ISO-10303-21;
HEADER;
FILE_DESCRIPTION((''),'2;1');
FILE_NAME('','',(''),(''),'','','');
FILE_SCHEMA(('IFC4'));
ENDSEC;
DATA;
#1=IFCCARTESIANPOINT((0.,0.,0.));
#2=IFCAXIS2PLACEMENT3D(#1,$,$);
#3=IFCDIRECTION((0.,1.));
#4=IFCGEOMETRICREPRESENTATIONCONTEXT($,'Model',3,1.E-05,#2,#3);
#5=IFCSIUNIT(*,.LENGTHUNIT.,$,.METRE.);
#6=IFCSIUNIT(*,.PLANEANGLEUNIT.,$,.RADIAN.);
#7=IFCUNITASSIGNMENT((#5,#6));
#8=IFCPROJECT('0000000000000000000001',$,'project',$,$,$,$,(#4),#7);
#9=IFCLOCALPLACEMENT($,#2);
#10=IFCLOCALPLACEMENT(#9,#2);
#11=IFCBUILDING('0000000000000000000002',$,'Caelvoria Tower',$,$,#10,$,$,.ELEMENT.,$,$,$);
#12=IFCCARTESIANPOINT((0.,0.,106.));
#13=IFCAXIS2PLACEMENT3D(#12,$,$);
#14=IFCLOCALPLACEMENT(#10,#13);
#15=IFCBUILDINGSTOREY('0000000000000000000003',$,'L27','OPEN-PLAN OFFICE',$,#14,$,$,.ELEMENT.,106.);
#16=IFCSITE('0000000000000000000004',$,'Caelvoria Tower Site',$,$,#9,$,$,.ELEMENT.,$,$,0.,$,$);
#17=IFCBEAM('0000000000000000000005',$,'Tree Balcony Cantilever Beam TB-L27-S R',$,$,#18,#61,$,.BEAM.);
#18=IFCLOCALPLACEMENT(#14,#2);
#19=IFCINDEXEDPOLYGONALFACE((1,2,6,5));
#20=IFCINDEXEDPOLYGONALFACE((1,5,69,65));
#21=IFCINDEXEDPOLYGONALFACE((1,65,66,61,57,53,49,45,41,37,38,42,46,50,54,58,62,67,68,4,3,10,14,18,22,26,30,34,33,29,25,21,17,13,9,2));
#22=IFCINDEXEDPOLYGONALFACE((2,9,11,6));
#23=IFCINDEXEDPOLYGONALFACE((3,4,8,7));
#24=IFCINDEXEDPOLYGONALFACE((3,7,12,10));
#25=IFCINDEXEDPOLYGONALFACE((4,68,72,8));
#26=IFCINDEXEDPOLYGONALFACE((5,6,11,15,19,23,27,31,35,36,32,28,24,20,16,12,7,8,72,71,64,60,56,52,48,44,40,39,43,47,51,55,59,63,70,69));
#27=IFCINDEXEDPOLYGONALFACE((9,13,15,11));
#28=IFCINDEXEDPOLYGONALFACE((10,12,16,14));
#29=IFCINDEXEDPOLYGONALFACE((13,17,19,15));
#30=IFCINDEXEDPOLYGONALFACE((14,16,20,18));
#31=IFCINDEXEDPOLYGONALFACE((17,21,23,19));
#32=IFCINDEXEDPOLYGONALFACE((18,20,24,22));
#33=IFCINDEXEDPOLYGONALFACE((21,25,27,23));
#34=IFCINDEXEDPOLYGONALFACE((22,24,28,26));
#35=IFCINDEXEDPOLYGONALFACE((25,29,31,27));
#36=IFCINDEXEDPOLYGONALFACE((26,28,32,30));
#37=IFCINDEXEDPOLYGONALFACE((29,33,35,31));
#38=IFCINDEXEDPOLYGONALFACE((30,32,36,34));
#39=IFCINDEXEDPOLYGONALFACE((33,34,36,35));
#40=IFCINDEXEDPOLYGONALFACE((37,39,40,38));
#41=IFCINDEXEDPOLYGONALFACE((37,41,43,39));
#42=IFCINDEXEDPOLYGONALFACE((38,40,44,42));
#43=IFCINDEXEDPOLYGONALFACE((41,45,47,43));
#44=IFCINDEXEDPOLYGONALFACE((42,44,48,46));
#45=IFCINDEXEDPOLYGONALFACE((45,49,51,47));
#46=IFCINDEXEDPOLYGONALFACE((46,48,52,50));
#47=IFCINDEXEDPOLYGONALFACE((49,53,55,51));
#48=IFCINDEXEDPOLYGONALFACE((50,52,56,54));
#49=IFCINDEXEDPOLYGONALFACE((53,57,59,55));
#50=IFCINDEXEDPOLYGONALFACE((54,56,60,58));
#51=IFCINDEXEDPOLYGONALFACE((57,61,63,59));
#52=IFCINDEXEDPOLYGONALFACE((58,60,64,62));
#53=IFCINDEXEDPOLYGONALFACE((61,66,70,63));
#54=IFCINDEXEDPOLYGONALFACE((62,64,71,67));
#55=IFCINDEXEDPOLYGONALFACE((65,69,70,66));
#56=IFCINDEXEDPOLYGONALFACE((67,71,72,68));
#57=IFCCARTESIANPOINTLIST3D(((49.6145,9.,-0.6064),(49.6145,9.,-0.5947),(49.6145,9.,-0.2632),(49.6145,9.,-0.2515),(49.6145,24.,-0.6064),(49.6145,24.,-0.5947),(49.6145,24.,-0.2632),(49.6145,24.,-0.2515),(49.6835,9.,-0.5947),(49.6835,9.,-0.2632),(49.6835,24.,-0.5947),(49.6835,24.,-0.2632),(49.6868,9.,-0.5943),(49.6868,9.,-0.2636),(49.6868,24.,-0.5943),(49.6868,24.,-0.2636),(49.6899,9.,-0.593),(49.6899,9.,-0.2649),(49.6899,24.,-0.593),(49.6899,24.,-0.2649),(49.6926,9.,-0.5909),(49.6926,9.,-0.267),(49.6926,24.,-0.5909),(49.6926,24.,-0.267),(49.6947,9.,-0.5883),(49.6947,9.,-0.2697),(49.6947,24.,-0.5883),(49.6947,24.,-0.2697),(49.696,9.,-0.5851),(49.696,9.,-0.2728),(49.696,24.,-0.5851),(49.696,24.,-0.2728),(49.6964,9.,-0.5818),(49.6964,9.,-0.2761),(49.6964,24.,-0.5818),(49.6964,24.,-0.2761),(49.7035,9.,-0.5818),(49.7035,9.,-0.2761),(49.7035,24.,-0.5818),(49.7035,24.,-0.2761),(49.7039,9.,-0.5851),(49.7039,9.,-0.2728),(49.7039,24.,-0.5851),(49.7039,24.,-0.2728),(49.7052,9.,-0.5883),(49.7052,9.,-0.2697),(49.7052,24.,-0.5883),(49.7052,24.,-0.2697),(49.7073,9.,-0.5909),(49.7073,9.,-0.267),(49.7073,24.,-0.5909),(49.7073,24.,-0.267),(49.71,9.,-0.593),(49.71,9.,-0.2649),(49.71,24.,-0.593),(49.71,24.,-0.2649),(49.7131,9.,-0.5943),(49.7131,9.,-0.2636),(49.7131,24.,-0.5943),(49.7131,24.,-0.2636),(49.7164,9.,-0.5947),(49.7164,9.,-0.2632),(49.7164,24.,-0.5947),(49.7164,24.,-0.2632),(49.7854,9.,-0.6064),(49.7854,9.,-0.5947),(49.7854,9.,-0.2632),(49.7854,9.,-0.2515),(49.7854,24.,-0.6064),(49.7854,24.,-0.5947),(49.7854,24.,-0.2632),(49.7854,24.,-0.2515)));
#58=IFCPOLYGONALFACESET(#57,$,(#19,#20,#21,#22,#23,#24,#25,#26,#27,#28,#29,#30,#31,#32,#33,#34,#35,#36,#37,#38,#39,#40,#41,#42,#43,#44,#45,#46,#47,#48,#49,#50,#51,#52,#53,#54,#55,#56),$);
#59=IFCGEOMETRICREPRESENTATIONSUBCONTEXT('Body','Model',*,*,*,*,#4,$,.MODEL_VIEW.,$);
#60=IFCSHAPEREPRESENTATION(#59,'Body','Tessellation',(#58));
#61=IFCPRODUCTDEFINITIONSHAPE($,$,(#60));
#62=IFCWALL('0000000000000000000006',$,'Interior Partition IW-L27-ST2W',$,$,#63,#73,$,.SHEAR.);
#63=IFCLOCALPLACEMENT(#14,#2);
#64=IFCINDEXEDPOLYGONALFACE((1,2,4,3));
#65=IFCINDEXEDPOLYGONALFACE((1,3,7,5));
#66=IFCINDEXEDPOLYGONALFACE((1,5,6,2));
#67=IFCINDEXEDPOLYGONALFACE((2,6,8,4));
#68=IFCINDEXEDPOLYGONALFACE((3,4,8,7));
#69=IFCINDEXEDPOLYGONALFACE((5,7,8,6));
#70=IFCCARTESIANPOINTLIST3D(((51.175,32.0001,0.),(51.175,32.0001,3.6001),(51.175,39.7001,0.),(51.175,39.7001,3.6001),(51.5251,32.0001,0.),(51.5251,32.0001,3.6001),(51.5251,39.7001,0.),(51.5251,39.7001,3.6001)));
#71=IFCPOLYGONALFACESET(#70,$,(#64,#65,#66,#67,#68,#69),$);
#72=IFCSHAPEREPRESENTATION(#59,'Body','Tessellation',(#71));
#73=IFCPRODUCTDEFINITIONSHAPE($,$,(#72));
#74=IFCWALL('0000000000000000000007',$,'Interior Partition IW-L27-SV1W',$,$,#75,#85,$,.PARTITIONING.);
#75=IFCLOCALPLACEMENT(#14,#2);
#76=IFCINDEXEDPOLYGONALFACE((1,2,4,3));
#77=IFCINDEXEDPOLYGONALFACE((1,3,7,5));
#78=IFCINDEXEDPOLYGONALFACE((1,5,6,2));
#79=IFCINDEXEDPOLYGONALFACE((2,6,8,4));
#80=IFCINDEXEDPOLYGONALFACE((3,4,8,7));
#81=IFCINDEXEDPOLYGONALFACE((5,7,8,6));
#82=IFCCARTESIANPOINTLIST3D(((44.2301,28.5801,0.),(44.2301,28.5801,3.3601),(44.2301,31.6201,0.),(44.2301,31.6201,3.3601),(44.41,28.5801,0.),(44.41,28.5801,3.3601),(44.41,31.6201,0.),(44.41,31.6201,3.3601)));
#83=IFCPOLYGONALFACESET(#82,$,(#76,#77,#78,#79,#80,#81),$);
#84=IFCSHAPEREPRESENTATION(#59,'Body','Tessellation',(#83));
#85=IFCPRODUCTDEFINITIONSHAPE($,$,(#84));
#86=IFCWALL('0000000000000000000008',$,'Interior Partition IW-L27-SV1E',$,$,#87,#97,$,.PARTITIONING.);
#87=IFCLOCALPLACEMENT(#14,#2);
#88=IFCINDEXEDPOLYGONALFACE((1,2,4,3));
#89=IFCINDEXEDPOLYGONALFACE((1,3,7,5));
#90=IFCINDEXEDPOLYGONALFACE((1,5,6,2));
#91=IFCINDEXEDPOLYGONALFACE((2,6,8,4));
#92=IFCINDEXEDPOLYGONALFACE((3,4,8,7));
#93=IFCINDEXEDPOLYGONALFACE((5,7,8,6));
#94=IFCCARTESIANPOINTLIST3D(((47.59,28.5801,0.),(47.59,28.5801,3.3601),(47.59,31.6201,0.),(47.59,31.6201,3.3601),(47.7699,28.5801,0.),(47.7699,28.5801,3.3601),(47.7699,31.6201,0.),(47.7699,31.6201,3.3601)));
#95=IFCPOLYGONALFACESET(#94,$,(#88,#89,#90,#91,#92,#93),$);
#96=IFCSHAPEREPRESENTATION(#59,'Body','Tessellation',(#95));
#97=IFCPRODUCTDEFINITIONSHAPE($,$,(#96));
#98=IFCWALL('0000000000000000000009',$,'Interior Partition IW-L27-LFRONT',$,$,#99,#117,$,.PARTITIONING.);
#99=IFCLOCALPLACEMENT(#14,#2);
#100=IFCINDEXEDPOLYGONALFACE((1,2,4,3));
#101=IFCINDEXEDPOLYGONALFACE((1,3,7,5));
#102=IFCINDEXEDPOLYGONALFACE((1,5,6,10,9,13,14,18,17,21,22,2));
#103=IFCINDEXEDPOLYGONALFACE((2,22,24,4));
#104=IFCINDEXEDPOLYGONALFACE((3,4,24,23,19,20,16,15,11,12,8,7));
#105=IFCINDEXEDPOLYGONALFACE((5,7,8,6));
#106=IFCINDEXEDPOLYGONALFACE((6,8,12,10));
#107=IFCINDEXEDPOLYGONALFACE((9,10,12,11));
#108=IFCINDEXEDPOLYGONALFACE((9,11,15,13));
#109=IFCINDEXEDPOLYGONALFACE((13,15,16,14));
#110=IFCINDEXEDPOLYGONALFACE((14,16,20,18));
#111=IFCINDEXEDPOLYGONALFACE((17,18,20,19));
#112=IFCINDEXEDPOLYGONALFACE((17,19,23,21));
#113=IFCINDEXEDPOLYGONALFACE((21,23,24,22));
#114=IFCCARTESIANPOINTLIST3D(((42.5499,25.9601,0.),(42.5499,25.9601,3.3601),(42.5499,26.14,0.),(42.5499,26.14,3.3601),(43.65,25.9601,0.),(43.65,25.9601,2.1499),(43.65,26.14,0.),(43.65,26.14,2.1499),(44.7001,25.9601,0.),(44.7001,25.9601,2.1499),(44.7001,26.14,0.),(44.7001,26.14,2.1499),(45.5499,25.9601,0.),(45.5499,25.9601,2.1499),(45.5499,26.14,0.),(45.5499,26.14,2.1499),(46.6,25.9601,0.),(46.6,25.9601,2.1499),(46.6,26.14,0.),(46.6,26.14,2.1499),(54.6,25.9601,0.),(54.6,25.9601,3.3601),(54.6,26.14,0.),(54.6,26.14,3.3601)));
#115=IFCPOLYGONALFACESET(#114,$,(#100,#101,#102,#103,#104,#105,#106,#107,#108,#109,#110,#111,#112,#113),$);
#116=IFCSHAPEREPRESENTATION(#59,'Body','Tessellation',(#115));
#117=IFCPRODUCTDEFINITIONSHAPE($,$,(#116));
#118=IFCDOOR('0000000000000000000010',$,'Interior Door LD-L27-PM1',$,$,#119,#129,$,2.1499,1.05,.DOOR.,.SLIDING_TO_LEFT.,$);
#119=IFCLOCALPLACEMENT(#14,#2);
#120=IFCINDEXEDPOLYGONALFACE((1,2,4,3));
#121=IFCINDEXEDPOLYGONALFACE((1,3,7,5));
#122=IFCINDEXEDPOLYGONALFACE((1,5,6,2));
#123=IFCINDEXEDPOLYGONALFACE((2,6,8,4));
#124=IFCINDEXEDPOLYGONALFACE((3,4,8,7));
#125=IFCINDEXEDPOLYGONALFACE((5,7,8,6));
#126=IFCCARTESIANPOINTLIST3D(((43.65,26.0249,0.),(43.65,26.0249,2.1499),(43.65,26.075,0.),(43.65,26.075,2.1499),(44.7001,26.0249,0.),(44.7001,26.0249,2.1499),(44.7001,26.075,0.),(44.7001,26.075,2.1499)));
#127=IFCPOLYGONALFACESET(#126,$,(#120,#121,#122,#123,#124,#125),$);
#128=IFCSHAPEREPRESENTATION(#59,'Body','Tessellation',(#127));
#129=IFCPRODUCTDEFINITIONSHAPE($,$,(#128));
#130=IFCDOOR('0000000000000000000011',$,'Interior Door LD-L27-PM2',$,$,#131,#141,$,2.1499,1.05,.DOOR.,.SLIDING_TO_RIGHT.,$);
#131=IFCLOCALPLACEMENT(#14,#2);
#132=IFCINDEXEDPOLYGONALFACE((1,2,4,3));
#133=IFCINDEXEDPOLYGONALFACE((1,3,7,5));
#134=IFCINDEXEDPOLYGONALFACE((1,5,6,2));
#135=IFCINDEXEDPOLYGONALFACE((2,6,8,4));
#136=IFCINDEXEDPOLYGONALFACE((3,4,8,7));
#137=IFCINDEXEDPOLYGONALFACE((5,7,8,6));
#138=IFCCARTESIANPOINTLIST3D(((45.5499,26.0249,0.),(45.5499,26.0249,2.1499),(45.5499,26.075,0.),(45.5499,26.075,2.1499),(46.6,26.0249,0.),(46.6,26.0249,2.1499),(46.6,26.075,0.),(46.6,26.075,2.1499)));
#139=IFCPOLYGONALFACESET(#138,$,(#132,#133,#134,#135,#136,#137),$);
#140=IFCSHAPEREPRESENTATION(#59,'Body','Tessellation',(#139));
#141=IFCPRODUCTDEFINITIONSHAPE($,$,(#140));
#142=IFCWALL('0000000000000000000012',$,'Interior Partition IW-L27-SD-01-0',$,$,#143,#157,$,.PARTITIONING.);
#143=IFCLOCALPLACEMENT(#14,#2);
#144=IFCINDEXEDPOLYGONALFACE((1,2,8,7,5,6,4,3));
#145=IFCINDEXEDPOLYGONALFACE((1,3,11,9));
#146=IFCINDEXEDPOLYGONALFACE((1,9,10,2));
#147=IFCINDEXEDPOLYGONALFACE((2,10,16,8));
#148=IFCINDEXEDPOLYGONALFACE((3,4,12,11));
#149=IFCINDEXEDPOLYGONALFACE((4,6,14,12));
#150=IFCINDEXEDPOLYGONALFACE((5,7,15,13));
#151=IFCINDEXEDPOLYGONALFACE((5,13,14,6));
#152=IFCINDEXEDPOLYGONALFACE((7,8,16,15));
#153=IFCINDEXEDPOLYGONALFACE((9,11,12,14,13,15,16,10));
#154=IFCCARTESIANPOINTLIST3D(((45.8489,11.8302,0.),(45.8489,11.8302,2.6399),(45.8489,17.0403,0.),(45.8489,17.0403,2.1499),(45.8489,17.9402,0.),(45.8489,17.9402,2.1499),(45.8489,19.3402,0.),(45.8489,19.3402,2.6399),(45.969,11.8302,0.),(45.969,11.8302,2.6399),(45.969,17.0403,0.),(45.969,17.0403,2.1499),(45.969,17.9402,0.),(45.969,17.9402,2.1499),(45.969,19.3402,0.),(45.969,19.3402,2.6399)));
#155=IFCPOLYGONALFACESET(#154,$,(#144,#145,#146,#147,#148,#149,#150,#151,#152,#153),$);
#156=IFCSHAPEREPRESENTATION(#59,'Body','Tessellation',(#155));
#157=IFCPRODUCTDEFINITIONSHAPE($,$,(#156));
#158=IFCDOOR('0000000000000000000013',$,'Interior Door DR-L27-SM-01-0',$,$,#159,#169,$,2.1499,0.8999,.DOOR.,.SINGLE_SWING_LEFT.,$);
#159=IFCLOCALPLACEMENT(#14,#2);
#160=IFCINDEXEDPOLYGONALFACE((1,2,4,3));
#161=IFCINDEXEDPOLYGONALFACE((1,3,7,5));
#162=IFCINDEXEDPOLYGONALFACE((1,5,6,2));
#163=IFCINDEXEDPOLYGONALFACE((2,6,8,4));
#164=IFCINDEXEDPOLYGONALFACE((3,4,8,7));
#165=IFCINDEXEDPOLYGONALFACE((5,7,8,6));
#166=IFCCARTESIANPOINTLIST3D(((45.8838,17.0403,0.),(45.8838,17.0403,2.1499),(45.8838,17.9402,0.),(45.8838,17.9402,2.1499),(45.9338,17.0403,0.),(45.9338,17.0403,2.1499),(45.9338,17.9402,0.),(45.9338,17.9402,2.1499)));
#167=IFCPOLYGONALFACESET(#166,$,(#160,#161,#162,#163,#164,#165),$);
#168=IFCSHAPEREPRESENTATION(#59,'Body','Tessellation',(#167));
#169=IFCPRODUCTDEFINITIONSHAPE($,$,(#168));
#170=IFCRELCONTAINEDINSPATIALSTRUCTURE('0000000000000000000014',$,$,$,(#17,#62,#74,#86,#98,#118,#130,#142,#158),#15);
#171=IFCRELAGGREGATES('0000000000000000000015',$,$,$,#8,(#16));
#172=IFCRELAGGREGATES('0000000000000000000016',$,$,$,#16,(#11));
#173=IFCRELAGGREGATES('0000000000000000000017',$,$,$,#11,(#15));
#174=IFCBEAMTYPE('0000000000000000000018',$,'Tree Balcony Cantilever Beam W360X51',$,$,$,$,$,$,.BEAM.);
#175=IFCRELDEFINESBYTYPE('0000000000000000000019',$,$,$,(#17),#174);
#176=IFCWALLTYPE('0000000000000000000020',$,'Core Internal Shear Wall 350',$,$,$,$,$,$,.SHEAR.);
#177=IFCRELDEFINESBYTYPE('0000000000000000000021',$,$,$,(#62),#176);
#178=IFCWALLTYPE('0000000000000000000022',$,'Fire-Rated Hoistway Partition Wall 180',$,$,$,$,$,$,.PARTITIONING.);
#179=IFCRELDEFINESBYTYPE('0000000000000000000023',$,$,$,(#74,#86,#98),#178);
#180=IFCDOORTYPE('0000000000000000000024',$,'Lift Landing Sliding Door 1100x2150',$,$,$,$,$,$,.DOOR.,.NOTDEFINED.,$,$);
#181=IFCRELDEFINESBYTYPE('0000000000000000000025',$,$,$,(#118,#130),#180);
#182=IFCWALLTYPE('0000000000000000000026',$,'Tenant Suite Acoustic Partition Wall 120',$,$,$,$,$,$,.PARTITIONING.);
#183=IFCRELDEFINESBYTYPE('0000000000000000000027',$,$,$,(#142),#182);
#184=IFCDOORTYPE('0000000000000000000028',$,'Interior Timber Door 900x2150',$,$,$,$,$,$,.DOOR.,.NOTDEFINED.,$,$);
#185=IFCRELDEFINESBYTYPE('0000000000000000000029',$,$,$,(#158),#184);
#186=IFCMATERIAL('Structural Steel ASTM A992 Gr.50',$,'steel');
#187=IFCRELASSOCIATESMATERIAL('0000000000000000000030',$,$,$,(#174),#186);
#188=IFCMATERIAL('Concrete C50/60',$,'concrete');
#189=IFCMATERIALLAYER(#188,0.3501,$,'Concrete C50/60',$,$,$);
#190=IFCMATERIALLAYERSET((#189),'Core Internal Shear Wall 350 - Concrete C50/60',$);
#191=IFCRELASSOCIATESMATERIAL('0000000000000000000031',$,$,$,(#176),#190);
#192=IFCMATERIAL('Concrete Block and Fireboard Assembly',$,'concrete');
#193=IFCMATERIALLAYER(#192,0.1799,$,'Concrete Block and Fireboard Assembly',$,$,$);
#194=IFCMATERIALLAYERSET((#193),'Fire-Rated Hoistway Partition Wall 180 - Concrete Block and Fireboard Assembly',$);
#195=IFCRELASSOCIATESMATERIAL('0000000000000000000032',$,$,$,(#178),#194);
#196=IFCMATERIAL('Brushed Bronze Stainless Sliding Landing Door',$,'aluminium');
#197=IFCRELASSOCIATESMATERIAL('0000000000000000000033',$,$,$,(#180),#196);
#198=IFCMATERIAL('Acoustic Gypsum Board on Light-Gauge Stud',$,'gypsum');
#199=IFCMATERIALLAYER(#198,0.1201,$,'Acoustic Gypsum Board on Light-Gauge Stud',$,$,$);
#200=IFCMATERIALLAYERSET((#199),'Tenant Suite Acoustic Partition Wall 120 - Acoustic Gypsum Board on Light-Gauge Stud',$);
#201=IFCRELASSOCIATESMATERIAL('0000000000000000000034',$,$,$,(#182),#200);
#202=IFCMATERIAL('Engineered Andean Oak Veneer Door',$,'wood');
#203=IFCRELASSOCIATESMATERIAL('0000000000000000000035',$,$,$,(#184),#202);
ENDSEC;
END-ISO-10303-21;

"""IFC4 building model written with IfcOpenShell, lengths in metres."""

from ifc_helpers import new_model, si_unit, direction, frame, frame_2d, origin, origin_2d, place, context, subcontext, project, spatial, rectangle, i_section, extrude, material, layer, layer_set, material_profile, profile_set, type_object, element, fill, save


model = new_model("IFC4")

# Units and contexts
model_context = context("Model", 3, precision=1e-05, world=origin(), true_north=direction((0.0, 1.0)))
body_context = subcontext(model_context, "Body", "Model", "MODEL_VIEW")
ifc_project = project(units=[si_unit("LENGTHUNIT", "METRE"), si_unit("PLANEANGLEUNIT", "RADIAN")], contexts=[model_context])

# Site, building, storey
site_placement = place(None, origin())
site = spatial("IfcSite", under=ifc_project, at=site_placement, Name="Caelvoria Tower Site", CompositionType="ELEMENT", RefElevation=0.0)
building_placement = place(site_placement, origin())
building = spatial("IfcBuilding", under=site, at=building_placement, Name="Caelvoria Tower", CompositionType="ELEMENT")
storey_placement = place(building_placement, frame((0.0, 0.0, 106.0)))
storey = spatial("IfcBuildingStorey", under=building, at=storey_placement, Name="L27", Description="OPEN-PLAN OFFICE", CompositionType="ELEMENT", Elevation=106.0)

# Beam
ifc_material_1 = material(Name="Structural Steel ASTM A992 Gr.50", Category="steel")
ifc_material_profile_1 = material_profile(ifc_material_1, i_section(OverallWidth=0.1709, OverallDepth=0.355, WebThickness=0.0071, FlangeThickness=0.0117, FilletRadius=0.0129, at=origin_2d()), Name="Structural Steel ASTM A992 Gr.50")
ifc_profile_set_1 = profile_set([ifc_material_profile_1], Name="W360X51 - Structural Steel ASTM A992 Gr.50")
beam_type_1 = type_object("IfcBeamType", Name="Tree Balcony Cantilever Beam W360X51", PredefinedType="BEAM", material=ifc_profile_set_1)
beam_1_placement = place(storey_placement, frame((49.7, 24.0, -0.429), z_axis=(0.0, -1.0, 0.0), x_axis=(1.0, 0.0, 0.0)))
element("IfcBeam", 1, at=beam_1_placement, inside=storey, type_object=beam_type_1, Name="Tree Balcony Cantilever Beam TB-L27-S R", PredefinedType="BEAM", context=body_context, shape_type="SweptSolid", body=[
    extrude(i_section(OverallWidth=0.1709, OverallDepth=0.355, WebThickness=0.0071, FlangeThickness=0.0117, FilletRadius=0.0129, at=origin_2d()), origin(), (0.0, 0.0, 1.0), 15.0),
])

# Wall
ifc_material_2 = material(Name="Concrete C50/60", Category="concrete")
ifc_layer_1 = layer(ifc_material_2, 0.3501, Name="Concrete C50/60")
ifc_layer_set_1 = layer_set([ifc_layer_1], Name="Core Internal Shear Wall 350 - Concrete C50/60")
wall_type_1 = type_object("IfcWallType", Name="Core Internal Shear Wall 350", PredefinedType="SHEAR", material=ifc_layer_set_1)
wall_1_placement = place(storey_placement, frame((51.3501, 32.0, 0.0), z_axis=(0.0, 0.0, 1.0), x_axis=(0.0, 1.0, 0.0)))
element("IfcWall", 2, at=wall_1_placement, inside=storey, type_object=wall_type_1, Name="Interior Partition IW-L27-ST2W", PredefinedType="SHEAR", context=body_context, shape_type="SweptSolid", body=[
    extrude(rectangle(XDim=7.7, YDim=0.3501, at=frame_2d((3.8501, 0.0))), origin(), (0.0, 0.0, 1.0), 3.6001),
])

# Walls
ifc_material_3 = material(Name="Concrete Block and Fireboard Assembly", Category="concrete")
ifc_layer_2 = layer(ifc_material_3, 0.1799, Name="Concrete Block and Fireboard Assembly")
ifc_layer_set_2 = layer_set([ifc_layer_2], Name="Fire-Rated Hoistway Partition Wall 180 - Concrete Block and Fireboard Assembly")
wall_type_2 = type_object("IfcWallType", Name="Fire-Rated Hoistway Partition Wall 180", PredefinedType="PARTITIONING", material=ifc_layer_set_2)
for number, where, z_axis, x_axis, name in (
    (3, (44.3201, 28.5801, 0.0), (0.0, 0.0, 1.0), (0.0, 1.0, 0.0), "Interior Partition IW-L27-SV1W"),
    (4, (47.6799, 28.5801, 0.0), (0.0, 0.0, 1.0), (0.0, 1.0, 0.0), "Interior Partition IW-L27-SV1E"),
):
    element("IfcWall", number, at=place(storey_placement, frame(where, z_axis=z_axis, x_axis=x_axis)), inside=storey, type_object=wall_type_2, Name=name, PredefinedType="PARTITIONING", context=body_context, shape_type="SweptSolid", body=[
        extrude(rectangle(XDim=3.04, YDim=0.1799, at=frame_2d((1.52, 0.0))), origin(), (0.0, 0.0, 1.0), 3.3601),
    ])

# Wall, openings, doors
wall_2_placement = place(storey_placement, frame((42.55, 26.05, 0.0), z_axis=(0.0, 0.0, 1.0), x_axis=(1.0, 0.0, 0.0)))
wall_2 = element("IfcWall", 5, at=wall_2_placement, inside=storey, type_object=wall_type_2, Name="Interior Partition IW-L27-LFRONT", PredefinedType="PARTITIONING", context=body_context, shape_type="SweptSolid", body=[
    extrude(rectangle(XDim=12.05, YDim=0.1799, at=frame_2d((6.0249, 0.0))), origin(), (0.0, 0.0, 1.0), 3.3601),
])
opening_1_placement = place(wall_2_placement, frame((1.1001, 0.0, 0.0)))
opening_1 = element("IfcOpeningElement", 6, at=opening_1_placement, cuts=wall_2, PredefinedType="OPENING", context=body_context, shape_type="SweptSolid", body=[
    extrude(rectangle(XDim=1.05, YDim=2.1499, at=frame_2d((0.5249, 1.075))), frame((0.0, 0.0999, 0.0), z_axis=(0.0, -1.0, 0.0), x_axis=(1.0, 0.0, 0.0)), (0.0, 0.0, 1.0), 0.2),
])
opening_2_placement = place(wall_2_placement, frame((3.0, 0.0, 0.0)))
opening_2 = element("IfcOpeningElement", 7, at=opening_2_placement, cuts=wall_2, PredefinedType="OPENING", context=body_context, shape_type="SweptSolid", body=[
    extrude(rectangle(XDim=1.05, YDim=2.1499, at=frame_2d((0.5249, 1.075))), frame((0.0, 0.0999, 0.0), z_axis=(0.0, -1.0, 0.0), x_axis=(1.0, 0.0, 0.0)), (0.0, 0.0, 1.0), 0.2),
])
ifc_material_4 = material(Name="Brushed Bronze Stainless Sliding Landing Door", Category="aluminium")
door_type_1 = type_object("IfcDoorType", Name="Lift Landing Sliding Door 1100x2150", OperationType="NOTDEFINED", PredefinedType="DOOR", material=ifc_material_4)
door_1_placement = place(opening_1_placement, origin())
door_1 = element("IfcDoor", 8, at=door_1_placement, inside=storey, type_object=door_type_1, Name="Interior Door LD-L27-PM1", OperationType="SLIDING_TO_LEFT", OverallHeight=2.1499, OverallWidth=1.05, PredefinedType="DOOR", context=body_context, shape_type="SweptSolid", body=[
    extrude(rectangle(XDim=1.05, YDim=2.1499, at=frame_2d((0.5249, 1.075))), frame((0.0, 0.0249, 0.0), z_axis=(0.0, -1.0, 0.0), x_axis=(1.0, 0.0, 0.0)), (0.0, 0.0, 1.0), 0.05),
])
fill(opening_1, door_1)
door_2_placement = place(opening_2_placement, origin())
door_2 = element("IfcDoor", 9, at=door_2_placement, inside=storey, type_object=door_type_1, Name="Interior Door LD-L27-PM2", OperationType="SLIDING_TO_RIGHT", OverallHeight=2.1499, OverallWidth=1.05, PredefinedType="DOOR", context=body_context, shape_type="SweptSolid", body=[
    extrude(rectangle(XDim=1.05, YDim=2.1499, at=frame_2d((0.5249, 1.075))), frame((0.0, 0.0249, 0.0), z_axis=(0.0, -1.0, 0.0), x_axis=(1.0, 0.0, 0.0)), (0.0, 0.0, 1.0), 0.05),
])
fill(opening_2, door_2)

# Wall, opening, door
ifc_material_5 = material(Name="Acoustic Gypsum Board on Light-Gauge Stud", Category="gypsum")
ifc_layer_3 = layer(ifc_material_5, 0.1201, Name="Acoustic Gypsum Board on Light-Gauge Stud")
ifc_layer_set_3 = layer_set([ifc_layer_3], Name="Tenant Suite Acoustic Partition Wall 120 - Acoustic Gypsum Board on Light-Gauge Stud")
wall_type_3 = type_object("IfcWallType", Name="Tenant Suite Acoustic Partition Wall 120", PredefinedType="PARTITIONING", material=ifc_layer_set_3)
wall_3_placement = place(storey_placement, frame((45.9089, 19.3401, 0.0), z_axis=(0.0, 0.0, 1.0), x_axis=(0.0, -1.0, 0.0)))
wall_3 = element("IfcWall", 10, at=wall_3_placement, inside=storey, type_object=wall_type_3, Name="Interior Partition IW-L27-SD-01-0", PredefinedType="PARTITIONING", context=body_context, shape_type="SweptSolid", body=[
    extrude(rectangle(XDim=7.51, YDim=0.1201, at=frame_2d((3.7549, 0.0))), origin(), (0.0, 0.0, 1.0), 2.6399),
])
opening_3_placement = place(wall_3_placement, frame((1.3999, 0.0, 0.0)))
opening_3 = element("IfcOpeningElement", 11, at=opening_3_placement, cuts=wall_3, PredefinedType="OPENING", context=body_context, shape_type="SweptSolid", body=[
    extrude(rectangle(XDim=0.8999, YDim=2.1499, at=frame_2d((0.45, 1.075))), frame((0.0, 0.0701, 0.0), z_axis=(0.0, -1.0, 0.0), x_axis=(1.0, 0.0, 0.0)), (0.0, 0.0, 1.0), 0.1401),
])
ifc_material_6 = material(Name="Engineered Andean Oak Veneer Door", Category="wood")
door_type_2 = type_object("IfcDoorType", Name="Interior Timber Door 900x2150", OperationType="NOTDEFINED", PredefinedType="DOOR", material=ifc_material_6)
door_3_placement = place(opening_3_placement, origin())
door_3 = element("IfcDoor", 12, at=door_3_placement, inside=storey, type_object=door_type_2, Name="Interior Door DR-L27-SM-01-0", OperationType="SINGLE_SWING_LEFT", OverallHeight=2.1499, OverallWidth=0.8999, PredefinedType="DOOR", context=body_context, shape_type="SweptSolid", body=[
    extrude(rectangle(XDim=0.8999, YDim=2.1499, at=frame_2d((0.45, 1.075))), frame((0.0, 0.0249, 0.0), z_axis=(0.0, -1.0, 0.0), x_axis=(1.0, 0.0, 0.0)), (0.0, 0.0, 1.0), 0.05),
])
fill(opening_3, door_3)

save(model, "model.ifc")
